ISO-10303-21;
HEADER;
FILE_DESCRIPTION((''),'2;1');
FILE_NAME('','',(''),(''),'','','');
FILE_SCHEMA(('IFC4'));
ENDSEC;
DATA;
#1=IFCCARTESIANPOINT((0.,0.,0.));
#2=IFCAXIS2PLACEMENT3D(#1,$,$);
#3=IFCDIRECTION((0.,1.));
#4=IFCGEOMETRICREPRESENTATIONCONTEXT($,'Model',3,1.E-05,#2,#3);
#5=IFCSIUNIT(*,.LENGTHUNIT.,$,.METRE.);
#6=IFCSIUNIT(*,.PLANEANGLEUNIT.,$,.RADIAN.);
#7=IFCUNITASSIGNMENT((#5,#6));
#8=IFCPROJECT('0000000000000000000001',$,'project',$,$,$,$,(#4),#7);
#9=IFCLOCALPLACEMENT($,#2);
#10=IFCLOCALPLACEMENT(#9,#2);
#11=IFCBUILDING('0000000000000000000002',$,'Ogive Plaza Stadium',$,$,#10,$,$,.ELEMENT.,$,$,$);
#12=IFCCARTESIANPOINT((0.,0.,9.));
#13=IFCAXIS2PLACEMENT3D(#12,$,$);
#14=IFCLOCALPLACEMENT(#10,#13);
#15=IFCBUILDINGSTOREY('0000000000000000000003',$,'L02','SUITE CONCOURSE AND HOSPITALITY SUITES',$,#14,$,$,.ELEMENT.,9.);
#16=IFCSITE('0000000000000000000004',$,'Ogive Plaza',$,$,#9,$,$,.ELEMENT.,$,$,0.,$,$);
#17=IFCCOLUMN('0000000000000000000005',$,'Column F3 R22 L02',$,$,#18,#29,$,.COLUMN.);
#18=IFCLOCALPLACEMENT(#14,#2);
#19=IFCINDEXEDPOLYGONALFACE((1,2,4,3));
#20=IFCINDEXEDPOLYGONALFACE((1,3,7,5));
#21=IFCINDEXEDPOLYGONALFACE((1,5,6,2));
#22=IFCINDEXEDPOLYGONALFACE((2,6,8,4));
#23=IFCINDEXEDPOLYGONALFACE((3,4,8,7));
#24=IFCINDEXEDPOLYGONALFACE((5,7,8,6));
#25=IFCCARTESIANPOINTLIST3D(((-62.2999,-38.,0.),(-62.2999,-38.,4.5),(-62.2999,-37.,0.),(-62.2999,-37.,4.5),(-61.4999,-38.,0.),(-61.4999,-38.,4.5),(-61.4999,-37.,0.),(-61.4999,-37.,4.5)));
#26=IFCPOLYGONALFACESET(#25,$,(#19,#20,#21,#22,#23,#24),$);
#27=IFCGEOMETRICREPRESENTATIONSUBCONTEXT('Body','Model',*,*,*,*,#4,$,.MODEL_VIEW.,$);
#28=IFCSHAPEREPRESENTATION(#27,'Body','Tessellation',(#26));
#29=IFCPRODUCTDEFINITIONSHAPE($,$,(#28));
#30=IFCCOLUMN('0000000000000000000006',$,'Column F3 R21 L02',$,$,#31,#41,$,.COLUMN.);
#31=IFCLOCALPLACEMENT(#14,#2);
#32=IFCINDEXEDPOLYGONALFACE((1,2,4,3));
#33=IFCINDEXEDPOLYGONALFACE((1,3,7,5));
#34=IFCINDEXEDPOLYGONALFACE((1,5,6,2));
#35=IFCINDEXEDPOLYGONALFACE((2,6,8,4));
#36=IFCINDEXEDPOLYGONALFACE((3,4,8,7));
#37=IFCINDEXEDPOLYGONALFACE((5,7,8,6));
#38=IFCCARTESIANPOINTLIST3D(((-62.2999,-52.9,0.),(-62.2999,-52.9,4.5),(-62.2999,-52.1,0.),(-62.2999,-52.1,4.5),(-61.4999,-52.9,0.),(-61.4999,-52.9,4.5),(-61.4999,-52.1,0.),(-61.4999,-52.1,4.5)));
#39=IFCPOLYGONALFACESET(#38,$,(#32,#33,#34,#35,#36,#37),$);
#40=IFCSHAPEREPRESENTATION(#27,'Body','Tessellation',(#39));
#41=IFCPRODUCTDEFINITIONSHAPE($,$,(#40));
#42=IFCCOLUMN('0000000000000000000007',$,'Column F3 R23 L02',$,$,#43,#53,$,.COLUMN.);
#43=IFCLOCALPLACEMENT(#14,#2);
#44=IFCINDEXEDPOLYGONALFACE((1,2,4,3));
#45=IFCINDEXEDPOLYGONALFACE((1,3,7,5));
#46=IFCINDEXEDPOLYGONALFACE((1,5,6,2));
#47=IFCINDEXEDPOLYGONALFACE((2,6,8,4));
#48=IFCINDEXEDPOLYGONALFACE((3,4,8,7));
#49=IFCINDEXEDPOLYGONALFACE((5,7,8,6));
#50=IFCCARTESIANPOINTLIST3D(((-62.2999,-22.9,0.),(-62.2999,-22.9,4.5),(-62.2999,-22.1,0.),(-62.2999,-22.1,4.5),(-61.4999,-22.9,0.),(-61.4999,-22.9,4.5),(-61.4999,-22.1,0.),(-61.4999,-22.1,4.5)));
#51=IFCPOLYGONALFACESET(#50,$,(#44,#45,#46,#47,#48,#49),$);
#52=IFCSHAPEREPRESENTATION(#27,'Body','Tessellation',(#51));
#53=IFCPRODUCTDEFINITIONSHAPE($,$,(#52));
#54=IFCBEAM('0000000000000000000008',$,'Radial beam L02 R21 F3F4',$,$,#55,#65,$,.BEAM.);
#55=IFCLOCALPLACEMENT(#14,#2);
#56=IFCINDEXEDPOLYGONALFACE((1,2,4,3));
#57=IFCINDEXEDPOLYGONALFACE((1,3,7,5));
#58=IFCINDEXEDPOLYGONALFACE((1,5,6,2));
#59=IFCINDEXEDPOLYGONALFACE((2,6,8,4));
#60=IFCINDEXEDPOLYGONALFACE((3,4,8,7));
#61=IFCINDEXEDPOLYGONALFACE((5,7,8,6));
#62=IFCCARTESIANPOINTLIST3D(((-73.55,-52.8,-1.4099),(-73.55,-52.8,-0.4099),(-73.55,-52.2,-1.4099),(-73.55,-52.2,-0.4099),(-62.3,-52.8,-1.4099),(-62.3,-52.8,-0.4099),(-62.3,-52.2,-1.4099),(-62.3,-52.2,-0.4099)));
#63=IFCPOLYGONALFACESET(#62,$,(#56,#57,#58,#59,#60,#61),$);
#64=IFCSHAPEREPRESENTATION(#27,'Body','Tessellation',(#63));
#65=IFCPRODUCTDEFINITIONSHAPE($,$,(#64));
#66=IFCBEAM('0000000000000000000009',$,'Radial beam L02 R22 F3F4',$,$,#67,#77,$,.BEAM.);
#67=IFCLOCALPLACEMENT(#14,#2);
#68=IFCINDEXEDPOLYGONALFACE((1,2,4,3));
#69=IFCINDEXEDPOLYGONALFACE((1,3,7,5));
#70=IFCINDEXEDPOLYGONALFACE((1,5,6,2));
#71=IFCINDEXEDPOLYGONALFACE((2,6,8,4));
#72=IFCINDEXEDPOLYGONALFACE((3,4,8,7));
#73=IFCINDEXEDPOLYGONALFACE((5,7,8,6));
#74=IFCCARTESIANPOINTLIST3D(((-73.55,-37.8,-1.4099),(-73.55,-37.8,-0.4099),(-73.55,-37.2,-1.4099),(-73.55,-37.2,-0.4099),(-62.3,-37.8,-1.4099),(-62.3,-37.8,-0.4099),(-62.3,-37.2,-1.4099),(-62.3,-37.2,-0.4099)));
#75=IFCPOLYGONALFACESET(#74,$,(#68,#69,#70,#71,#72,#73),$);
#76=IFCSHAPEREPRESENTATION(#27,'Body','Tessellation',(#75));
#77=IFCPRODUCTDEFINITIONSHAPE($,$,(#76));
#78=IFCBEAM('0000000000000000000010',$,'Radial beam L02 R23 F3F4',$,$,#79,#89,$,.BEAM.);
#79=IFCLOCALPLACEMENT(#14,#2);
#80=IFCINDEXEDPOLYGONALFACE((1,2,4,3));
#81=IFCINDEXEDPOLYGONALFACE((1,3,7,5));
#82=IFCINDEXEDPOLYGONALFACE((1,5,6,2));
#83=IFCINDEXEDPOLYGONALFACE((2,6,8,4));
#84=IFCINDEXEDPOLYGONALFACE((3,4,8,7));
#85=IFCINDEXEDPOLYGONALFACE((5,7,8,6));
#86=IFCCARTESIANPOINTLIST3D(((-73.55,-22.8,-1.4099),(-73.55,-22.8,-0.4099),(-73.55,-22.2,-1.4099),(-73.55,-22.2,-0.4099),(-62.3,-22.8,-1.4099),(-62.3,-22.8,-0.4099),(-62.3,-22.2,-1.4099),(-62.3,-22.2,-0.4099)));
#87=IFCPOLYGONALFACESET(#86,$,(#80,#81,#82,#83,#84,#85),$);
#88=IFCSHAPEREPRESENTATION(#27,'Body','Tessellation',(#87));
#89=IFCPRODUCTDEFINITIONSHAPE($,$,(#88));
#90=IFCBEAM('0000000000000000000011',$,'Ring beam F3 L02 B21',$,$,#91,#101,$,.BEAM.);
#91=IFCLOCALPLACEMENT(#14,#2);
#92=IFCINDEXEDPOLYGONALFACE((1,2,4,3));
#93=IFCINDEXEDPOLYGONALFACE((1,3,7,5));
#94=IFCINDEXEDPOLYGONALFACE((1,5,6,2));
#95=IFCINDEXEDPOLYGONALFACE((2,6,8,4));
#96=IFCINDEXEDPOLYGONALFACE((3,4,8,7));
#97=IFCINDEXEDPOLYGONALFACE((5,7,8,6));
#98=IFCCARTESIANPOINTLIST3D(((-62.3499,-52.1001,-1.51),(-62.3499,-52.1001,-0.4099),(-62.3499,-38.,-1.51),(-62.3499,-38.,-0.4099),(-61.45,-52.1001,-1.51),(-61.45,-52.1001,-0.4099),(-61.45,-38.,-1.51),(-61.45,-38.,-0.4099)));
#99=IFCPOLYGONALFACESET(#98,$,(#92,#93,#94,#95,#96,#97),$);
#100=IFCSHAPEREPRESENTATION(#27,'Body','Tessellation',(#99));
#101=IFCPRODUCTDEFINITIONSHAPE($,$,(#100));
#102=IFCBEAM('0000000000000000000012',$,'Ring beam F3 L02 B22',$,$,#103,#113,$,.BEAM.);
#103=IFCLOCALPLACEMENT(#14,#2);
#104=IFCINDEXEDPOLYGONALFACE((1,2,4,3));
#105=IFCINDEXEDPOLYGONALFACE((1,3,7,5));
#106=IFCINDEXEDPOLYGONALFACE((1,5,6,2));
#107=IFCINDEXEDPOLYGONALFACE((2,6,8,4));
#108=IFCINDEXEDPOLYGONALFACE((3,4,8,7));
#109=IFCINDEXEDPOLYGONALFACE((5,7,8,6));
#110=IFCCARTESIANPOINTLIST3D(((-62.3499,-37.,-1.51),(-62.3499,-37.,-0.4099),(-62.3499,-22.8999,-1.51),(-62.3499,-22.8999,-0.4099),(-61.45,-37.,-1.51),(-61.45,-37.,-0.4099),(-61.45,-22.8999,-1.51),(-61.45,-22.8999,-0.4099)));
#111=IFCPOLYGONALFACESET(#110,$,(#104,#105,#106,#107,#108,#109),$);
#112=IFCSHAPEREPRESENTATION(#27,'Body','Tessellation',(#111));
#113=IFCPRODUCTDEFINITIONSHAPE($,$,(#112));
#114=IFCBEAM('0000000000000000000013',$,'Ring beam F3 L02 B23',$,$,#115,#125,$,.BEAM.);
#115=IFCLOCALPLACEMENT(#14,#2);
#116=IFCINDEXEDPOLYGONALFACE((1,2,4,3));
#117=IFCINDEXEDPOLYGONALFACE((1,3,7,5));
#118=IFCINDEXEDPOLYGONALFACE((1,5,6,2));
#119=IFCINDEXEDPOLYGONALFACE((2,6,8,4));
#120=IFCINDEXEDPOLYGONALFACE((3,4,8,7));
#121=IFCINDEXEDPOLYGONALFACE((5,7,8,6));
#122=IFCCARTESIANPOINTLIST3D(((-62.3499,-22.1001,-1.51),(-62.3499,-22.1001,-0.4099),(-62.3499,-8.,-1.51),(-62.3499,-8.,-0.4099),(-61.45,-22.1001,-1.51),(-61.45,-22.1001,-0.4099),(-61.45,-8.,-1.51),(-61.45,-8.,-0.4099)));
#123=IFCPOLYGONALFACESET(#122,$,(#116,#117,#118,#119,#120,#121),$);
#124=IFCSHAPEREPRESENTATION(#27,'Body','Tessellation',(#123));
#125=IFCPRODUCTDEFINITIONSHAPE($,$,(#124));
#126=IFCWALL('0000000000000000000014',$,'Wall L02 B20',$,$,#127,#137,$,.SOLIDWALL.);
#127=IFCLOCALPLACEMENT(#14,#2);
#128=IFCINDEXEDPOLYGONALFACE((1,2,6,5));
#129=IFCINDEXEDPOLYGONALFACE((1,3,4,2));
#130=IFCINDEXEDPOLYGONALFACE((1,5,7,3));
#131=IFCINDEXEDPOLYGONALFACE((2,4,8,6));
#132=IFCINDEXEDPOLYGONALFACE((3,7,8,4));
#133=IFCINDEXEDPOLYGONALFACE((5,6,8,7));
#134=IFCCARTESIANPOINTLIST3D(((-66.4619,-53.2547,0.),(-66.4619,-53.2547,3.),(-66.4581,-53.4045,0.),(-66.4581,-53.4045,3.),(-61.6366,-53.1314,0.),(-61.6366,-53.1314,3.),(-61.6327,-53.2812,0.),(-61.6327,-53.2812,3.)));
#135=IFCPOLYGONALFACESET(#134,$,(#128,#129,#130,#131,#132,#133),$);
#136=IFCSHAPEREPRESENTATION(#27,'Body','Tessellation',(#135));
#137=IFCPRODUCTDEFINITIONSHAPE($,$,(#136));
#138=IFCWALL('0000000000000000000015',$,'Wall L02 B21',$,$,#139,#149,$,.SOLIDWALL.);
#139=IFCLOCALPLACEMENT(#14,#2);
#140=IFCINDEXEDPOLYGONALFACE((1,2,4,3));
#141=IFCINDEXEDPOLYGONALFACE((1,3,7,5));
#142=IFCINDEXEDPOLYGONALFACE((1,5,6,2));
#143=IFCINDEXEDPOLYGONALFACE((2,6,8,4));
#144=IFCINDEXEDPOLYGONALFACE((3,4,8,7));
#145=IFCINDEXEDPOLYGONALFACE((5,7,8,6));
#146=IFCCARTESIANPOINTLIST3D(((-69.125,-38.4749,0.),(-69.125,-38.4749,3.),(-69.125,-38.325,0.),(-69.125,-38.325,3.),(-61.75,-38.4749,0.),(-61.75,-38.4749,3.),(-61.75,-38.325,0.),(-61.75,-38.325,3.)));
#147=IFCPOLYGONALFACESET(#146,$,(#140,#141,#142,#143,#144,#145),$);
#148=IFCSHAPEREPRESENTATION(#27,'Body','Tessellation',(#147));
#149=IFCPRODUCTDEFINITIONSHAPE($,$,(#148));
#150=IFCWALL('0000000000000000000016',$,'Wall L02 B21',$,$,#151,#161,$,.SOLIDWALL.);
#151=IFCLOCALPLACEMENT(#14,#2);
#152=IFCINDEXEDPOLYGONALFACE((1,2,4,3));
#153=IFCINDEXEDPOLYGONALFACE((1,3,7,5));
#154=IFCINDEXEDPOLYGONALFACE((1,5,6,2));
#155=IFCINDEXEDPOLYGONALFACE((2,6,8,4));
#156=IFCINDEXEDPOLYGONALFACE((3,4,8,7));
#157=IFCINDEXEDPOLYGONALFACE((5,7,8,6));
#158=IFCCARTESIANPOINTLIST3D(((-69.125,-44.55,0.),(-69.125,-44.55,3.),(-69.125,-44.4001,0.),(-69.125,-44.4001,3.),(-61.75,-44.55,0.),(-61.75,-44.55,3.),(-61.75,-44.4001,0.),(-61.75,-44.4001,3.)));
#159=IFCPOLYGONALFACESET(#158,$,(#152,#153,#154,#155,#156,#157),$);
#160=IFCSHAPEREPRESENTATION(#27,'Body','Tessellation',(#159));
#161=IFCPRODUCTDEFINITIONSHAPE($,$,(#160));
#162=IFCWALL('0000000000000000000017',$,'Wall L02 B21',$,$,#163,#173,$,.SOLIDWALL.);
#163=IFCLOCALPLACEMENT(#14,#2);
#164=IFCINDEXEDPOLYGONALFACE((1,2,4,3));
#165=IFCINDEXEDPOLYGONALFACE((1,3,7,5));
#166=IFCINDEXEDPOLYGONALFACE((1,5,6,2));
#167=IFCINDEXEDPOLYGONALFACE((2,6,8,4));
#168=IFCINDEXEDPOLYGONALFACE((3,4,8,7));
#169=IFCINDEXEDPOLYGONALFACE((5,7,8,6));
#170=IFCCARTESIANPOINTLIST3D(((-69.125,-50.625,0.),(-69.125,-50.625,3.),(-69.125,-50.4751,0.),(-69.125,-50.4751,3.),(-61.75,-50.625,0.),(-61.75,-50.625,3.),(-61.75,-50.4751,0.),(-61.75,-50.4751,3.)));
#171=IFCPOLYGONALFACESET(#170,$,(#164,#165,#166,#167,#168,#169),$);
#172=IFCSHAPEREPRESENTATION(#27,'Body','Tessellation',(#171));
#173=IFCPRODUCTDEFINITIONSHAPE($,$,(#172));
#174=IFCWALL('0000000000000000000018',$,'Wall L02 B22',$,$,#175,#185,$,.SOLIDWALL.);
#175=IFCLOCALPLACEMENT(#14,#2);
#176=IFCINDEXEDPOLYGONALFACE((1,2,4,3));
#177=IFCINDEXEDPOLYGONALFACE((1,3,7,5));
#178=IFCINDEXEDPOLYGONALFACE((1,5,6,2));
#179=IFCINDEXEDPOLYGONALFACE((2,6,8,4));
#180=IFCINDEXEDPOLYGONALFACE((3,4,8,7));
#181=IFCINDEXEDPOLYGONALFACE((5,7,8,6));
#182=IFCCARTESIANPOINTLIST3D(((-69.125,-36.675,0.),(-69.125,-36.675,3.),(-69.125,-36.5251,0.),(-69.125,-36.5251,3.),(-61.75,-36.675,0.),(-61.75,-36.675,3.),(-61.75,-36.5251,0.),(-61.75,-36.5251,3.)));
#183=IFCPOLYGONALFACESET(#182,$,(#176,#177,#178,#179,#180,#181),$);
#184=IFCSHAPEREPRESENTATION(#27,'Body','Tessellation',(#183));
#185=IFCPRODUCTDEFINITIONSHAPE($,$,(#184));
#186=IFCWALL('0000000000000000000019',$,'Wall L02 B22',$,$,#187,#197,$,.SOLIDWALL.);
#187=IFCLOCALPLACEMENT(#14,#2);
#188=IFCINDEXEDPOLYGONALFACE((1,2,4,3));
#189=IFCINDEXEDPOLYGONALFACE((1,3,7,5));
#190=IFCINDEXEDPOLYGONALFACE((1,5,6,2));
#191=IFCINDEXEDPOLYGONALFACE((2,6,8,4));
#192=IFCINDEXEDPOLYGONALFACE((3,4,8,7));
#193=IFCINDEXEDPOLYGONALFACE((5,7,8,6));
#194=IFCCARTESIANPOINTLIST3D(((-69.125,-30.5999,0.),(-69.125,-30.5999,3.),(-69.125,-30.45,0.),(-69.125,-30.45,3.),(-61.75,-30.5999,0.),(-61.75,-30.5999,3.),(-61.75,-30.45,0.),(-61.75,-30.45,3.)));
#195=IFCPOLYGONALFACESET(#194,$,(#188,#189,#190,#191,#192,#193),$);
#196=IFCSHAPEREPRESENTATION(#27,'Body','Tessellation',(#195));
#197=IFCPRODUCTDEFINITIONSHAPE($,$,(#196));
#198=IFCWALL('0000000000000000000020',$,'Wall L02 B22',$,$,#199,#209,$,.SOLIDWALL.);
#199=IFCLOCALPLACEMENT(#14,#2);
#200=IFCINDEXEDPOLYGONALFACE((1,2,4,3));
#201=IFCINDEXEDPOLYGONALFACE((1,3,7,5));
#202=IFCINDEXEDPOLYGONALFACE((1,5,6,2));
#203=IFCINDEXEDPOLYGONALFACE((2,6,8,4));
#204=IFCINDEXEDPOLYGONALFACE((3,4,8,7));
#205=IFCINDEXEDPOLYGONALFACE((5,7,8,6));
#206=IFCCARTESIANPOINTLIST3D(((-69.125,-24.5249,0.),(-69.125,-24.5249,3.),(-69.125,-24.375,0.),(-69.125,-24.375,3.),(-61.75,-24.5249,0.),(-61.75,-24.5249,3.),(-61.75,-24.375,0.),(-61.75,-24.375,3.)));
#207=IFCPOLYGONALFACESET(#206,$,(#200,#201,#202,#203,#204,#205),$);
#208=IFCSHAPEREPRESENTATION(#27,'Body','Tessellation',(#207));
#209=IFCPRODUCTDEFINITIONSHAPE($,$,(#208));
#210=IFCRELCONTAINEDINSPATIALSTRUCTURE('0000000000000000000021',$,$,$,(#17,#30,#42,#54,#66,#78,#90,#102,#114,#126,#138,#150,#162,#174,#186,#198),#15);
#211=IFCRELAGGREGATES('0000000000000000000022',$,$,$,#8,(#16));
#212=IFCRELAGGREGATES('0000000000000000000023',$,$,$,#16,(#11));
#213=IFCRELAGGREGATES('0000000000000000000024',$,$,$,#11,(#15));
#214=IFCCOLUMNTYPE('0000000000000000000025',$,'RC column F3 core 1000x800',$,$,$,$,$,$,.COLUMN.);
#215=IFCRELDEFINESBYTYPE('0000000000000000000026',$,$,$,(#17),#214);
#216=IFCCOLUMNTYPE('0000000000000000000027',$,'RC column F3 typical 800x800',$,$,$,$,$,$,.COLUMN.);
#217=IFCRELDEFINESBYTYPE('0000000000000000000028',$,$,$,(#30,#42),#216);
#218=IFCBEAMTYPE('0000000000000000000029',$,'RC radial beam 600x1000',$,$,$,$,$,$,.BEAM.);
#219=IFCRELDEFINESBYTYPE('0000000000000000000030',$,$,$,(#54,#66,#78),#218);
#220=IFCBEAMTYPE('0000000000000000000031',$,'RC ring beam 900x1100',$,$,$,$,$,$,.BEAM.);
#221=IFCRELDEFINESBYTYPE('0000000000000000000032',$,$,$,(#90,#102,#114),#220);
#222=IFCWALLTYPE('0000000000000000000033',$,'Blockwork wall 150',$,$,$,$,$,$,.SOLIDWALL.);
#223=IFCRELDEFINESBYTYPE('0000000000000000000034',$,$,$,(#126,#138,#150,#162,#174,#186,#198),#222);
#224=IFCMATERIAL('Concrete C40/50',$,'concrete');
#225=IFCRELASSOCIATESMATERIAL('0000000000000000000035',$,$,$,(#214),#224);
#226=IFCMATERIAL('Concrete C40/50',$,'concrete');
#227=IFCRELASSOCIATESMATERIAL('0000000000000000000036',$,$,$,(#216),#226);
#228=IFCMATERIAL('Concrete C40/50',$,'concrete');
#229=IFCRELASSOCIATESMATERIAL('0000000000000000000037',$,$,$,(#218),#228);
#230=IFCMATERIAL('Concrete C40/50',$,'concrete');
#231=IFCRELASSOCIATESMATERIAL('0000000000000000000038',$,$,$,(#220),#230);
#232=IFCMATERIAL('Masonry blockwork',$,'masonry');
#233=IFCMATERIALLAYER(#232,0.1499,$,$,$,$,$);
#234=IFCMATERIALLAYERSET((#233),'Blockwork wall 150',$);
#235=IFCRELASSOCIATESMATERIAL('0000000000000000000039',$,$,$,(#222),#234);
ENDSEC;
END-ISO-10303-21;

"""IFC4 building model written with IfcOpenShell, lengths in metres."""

from ifc_helpers import new_model, si_unit, direction, frame, frame_2d, origin, origin_2d, place, context, subcontext, project, spatial, rectangle, extrude, material, layer, layer_set, material_profile, profile_set, type_object, element, save


model = new_model("IFC4")

# Units and contexts
model_context = context("Model", 3, precision=1e-05, world=origin(), true_north=direction((0.0, 1.0)))
body_context = subcontext(model_context, "Body", "Model", "MODEL_VIEW")
ifc_project = project(units=[si_unit("LENGTHUNIT", "METRE"), si_unit("PLANEANGLEUNIT", "RADIAN")], contexts=[model_context])

# Site, building, storey
site_placement = place(None, origin())
site = spatial("IfcSite", under=ifc_project, at=site_placement, Name="Ogive Plaza", CompositionType="ELEMENT", RefElevation=0.0)
building_placement = place(site_placement, origin())
building = spatial("IfcBuilding", under=site, at=building_placement, Name="Ogive Plaza Stadium", CompositionType="ELEMENT")
storey_placement = place(building_placement, frame((0.0, 0.0, 9.0)))
storey = spatial("IfcBuildingStorey", under=building, at=storey_placement, Name="L02", Description="SUITE CONCOURSE AND HOSPITALITY SUITES", CompositionType="ELEMENT", Elevation=9.0)

# Columns
ifc_material_1 = material(Name="Concrete C40/50", Category="concrete")
ifc_material_profile_1 = material_profile(ifc_material_1, rectangle(XDim=1.0, YDim=0.8, at=origin_2d()), Name="RC 1000x800")
ifc_profile_set_1 = profile_set([ifc_material_profile_1], Name="Concrete C40/50")
column_type_1 = type_object("IfcColumnType", Name="RC column F3 core 1000x800", PredefinedType="COLUMN", material=ifc_profile_set_1)
column_placement = place(storey_placement, frame((-61.8999, -37.5, 0.0), z_axis=(0.0, 0.0, 1.0), x_axis=(0.0, -1.0, 0.0)))
element("IfcColumn", 1, at=column_placement, inside=storey, type_object=column_type_1, Name="Column F3 R22 L02", PredefinedType="COLUMN", context=body_context, shape_type="SweptSolid", body=[
    extrude(rectangle(XDim=1.0, YDim=0.8, at=origin_2d()), origin(), (0.0, 0.0, 1.0), 4.5),
])
ifc_material_2 = material(Name="Concrete C40/50", Category="concrete")
ifc_material_profile_2 = material_profile(ifc_material_2, rectangle(XDim=0.8, YDim=0.8, at=origin_2d()), Name="RC 800x800")
ifc_profile_set_2 = profile_set([ifc_material_profile_2], Name="Concrete C40/50")
column_type_2 = type_object("IfcColumnType", Name="RC column F3 typical 800x800", PredefinedType="COLUMN", material=ifc_profile_set_2)
for number, where, z_axis, x_axis, name in (
    (2, (-61.8999, -52.5, 0.0), (0.0, 0.0, 1.0), (0.0, -1.0, 0.0), "Column F3 R21 L02"),
    (3, (-61.8999, -22.5, 0.0), (0.0, 0.0, 1.0), (0.0, -1.0, 0.0), "Column F3 R23 L02"),
):
    element("IfcColumn", number, at=place(storey_placement, frame(where, z_axis=z_axis, x_axis=x_axis)), inside=storey, type_object=column_type_2, Name=name, PredefinedType="COLUMN", context=body_context, shape_type="SweptSolid", body=[
        extrude(rectangle(XDim=0.8, YDim=0.8, at=origin_2d()), origin(), (0.0, 0.0, 1.0), 4.5),
    ])

# Beams
ifc_material_3 = material(Name="Concrete C40/50", Category="concrete")
ifc_material_profile_3 = material_profile(ifc_material_3, rectangle(XDim=0.6001, YDim=1.0, at=origin_2d()), Name="RC 600x1000")
ifc_profile_set_3 = profile_set([ifc_material_profile_3], Name="Concrete C40/50")
beam_type_1 = type_object("IfcBeamType", Name="RC radial beam 600x1000", PredefinedType="BEAM", material=ifc_profile_set_3)
for number, where, z_axis, x_axis, name in (
    (4, (-62.3, -52.5, -0.9099), (-1.0, 0.0, 0.0), (0.0, -1.0, 0.0), "Radial beam L02 R21 F3F4"),
    (5, (-62.3, -37.5, -0.9099), (-1.0, 0.0, 0.0), (0.0, -1.0, 0.0), "Radial beam L02 R22 F3F4"),
    (6, (-62.3, -22.5, -0.9099), (-1.0, 0.0, 0.0), (0.0, -1.0, 0.0), "Radial beam L02 R23 F3F4"),
):
    element("IfcBeam", number, at=place(storey_placement, frame(where, z_axis=z_axis, x_axis=x_axis)), inside=storey, type_object=beam_type_1, Name=name, PredefinedType="BEAM", context=body_context, shape_type="SweptSolid", body=[
        extrude(rectangle(XDim=0.6001, YDim=1.0, at=origin_2d()), origin(), (0.0, 0.0, 1.0), 11.25),
    ])
ifc_material_4 = material(Name="Concrete C40/50", Category="concrete")
ifc_material_profile_4 = material_profile(ifc_material_4, rectangle(XDim=0.8999, YDim=1.1001, at=origin_2d()), Name="RC 900x1100")
ifc_profile_set_4 = profile_set([ifc_material_profile_4], Name="Concrete C40/50")
beam_type_2 = type_object("IfcBeamType", Name="RC ring beam 900x1100", PredefinedType="BEAM", material=ifc_profile_set_4)
for number, where, z_axis, x_axis, name in (
    (7, (-61.8999, -52.1001, -0.96), (0.0, 1.0, 0.0), (-1.0, 0.0, 0.0), "Ring beam F3 L02 B21"),
    (8, (-61.8999, -37.0, -0.96), (0.0, 1.0, 0.0), (-1.0, 0.0, 0.0), "Ring beam F3 L02 B22"),
    (9, (-61.8999, -22.1001, -0.96), (0.0, 1.0, 0.0), (-1.0, 0.0, 0.0), "Ring beam F3 L02 B23"),
):
    element("IfcBeam", number, at=place(storey_placement, frame(where, z_axis=z_axis, x_axis=x_axis)), inside=storey, type_object=beam_type_2, Name=name, PredefinedType="BEAM", context=body_context, shape_type="SweptSolid", body=[
        extrude(rectangle(XDim=0.8999, YDim=1.1001, at=origin_2d()), origin(), (0.0, 0.0, 1.0), 14.1001),
    ])

# Walls
ifc_material_5 = material(Name="Masonry blockwork", Category="masonry")
ifc_layer_1 = layer(ifc_material_5, 0.1499)
ifc_layer_set_1 = layer_set([ifc_layer_1], Name="Blockwork wall 150")
wall_type_1 = type_object("IfcWallType", Name="Blockwork wall 150", PredefinedType="SOLIDWALL", material=ifc_layer_set_1)
wall_1_placement = place(storey_placement, frame((-61.6345, -53.2063, 0.0), z_axis=(0.0, 0.0, 1.0), x_axis=(-0.999674, -0.025542, 0.0)))
element("IfcWall", 10, at=wall_1_placement, inside=storey, type_object=wall_type_1, Name="Wall L02 B20", PredefinedType="SOLIDWALL", context=body_context, shape_type="SweptSolid", body=[
    extrude(rectangle(XDim=4.8269, YDim=0.1499, at=frame_2d((2.4136, 0.0))), origin(), (0.0, 0.0, 1.0), 3.0),
])
for number, where, z_axis, x_axis, name in (
    (11, (-61.75, -38.3999, 0.0), (0.0, 0.0, 1.0), (-1.0, 0.0, 0.0), "Wall L02 B21"),
    (12, (-61.75, -44.4751, 0.0), (0.0, 0.0, 1.0), (-1.0, 0.0, 0.0), "Wall L02 B21"),
    (13, (-61.75, -50.55, 0.0), (0.0, 0.0, 1.0), (-1.0, 0.0, 0.0), "Wall L02 B21"),
    (14, (-61.75, -36.6001, 0.0), (0.0, 0.0, 1.0), (-1.0, 0.0, 0.0), "Wall L02 B22"),
    (15, (-61.75, -30.5249, 0.0), (0.0, 0.0, 1.0), (-1.0, 0.0, 0.0), "Wall L02 B22"),
    (16, (-61.75, -24.45, 0.0), (0.0, 0.0, 1.0), (-1.0, 0.0, 0.0), "Wall L02 B22"),
):
    element("IfcWall", number, at=place(storey_placement, frame(where, z_axis=z_axis, x_axis=x_axis)), inside=storey, type_object=wall_type_1, Name=name, PredefinedType="SOLIDWALL", context=body_context, shape_type="SweptSolid", body=[
        extrude(rectangle(XDim=7.375, YDim=0.1499, at=frame_2d((3.6875, 0.0))), origin(), (0.0, 0.0, 1.0), 3.0),
    ])

save(model, "model.ifc")
